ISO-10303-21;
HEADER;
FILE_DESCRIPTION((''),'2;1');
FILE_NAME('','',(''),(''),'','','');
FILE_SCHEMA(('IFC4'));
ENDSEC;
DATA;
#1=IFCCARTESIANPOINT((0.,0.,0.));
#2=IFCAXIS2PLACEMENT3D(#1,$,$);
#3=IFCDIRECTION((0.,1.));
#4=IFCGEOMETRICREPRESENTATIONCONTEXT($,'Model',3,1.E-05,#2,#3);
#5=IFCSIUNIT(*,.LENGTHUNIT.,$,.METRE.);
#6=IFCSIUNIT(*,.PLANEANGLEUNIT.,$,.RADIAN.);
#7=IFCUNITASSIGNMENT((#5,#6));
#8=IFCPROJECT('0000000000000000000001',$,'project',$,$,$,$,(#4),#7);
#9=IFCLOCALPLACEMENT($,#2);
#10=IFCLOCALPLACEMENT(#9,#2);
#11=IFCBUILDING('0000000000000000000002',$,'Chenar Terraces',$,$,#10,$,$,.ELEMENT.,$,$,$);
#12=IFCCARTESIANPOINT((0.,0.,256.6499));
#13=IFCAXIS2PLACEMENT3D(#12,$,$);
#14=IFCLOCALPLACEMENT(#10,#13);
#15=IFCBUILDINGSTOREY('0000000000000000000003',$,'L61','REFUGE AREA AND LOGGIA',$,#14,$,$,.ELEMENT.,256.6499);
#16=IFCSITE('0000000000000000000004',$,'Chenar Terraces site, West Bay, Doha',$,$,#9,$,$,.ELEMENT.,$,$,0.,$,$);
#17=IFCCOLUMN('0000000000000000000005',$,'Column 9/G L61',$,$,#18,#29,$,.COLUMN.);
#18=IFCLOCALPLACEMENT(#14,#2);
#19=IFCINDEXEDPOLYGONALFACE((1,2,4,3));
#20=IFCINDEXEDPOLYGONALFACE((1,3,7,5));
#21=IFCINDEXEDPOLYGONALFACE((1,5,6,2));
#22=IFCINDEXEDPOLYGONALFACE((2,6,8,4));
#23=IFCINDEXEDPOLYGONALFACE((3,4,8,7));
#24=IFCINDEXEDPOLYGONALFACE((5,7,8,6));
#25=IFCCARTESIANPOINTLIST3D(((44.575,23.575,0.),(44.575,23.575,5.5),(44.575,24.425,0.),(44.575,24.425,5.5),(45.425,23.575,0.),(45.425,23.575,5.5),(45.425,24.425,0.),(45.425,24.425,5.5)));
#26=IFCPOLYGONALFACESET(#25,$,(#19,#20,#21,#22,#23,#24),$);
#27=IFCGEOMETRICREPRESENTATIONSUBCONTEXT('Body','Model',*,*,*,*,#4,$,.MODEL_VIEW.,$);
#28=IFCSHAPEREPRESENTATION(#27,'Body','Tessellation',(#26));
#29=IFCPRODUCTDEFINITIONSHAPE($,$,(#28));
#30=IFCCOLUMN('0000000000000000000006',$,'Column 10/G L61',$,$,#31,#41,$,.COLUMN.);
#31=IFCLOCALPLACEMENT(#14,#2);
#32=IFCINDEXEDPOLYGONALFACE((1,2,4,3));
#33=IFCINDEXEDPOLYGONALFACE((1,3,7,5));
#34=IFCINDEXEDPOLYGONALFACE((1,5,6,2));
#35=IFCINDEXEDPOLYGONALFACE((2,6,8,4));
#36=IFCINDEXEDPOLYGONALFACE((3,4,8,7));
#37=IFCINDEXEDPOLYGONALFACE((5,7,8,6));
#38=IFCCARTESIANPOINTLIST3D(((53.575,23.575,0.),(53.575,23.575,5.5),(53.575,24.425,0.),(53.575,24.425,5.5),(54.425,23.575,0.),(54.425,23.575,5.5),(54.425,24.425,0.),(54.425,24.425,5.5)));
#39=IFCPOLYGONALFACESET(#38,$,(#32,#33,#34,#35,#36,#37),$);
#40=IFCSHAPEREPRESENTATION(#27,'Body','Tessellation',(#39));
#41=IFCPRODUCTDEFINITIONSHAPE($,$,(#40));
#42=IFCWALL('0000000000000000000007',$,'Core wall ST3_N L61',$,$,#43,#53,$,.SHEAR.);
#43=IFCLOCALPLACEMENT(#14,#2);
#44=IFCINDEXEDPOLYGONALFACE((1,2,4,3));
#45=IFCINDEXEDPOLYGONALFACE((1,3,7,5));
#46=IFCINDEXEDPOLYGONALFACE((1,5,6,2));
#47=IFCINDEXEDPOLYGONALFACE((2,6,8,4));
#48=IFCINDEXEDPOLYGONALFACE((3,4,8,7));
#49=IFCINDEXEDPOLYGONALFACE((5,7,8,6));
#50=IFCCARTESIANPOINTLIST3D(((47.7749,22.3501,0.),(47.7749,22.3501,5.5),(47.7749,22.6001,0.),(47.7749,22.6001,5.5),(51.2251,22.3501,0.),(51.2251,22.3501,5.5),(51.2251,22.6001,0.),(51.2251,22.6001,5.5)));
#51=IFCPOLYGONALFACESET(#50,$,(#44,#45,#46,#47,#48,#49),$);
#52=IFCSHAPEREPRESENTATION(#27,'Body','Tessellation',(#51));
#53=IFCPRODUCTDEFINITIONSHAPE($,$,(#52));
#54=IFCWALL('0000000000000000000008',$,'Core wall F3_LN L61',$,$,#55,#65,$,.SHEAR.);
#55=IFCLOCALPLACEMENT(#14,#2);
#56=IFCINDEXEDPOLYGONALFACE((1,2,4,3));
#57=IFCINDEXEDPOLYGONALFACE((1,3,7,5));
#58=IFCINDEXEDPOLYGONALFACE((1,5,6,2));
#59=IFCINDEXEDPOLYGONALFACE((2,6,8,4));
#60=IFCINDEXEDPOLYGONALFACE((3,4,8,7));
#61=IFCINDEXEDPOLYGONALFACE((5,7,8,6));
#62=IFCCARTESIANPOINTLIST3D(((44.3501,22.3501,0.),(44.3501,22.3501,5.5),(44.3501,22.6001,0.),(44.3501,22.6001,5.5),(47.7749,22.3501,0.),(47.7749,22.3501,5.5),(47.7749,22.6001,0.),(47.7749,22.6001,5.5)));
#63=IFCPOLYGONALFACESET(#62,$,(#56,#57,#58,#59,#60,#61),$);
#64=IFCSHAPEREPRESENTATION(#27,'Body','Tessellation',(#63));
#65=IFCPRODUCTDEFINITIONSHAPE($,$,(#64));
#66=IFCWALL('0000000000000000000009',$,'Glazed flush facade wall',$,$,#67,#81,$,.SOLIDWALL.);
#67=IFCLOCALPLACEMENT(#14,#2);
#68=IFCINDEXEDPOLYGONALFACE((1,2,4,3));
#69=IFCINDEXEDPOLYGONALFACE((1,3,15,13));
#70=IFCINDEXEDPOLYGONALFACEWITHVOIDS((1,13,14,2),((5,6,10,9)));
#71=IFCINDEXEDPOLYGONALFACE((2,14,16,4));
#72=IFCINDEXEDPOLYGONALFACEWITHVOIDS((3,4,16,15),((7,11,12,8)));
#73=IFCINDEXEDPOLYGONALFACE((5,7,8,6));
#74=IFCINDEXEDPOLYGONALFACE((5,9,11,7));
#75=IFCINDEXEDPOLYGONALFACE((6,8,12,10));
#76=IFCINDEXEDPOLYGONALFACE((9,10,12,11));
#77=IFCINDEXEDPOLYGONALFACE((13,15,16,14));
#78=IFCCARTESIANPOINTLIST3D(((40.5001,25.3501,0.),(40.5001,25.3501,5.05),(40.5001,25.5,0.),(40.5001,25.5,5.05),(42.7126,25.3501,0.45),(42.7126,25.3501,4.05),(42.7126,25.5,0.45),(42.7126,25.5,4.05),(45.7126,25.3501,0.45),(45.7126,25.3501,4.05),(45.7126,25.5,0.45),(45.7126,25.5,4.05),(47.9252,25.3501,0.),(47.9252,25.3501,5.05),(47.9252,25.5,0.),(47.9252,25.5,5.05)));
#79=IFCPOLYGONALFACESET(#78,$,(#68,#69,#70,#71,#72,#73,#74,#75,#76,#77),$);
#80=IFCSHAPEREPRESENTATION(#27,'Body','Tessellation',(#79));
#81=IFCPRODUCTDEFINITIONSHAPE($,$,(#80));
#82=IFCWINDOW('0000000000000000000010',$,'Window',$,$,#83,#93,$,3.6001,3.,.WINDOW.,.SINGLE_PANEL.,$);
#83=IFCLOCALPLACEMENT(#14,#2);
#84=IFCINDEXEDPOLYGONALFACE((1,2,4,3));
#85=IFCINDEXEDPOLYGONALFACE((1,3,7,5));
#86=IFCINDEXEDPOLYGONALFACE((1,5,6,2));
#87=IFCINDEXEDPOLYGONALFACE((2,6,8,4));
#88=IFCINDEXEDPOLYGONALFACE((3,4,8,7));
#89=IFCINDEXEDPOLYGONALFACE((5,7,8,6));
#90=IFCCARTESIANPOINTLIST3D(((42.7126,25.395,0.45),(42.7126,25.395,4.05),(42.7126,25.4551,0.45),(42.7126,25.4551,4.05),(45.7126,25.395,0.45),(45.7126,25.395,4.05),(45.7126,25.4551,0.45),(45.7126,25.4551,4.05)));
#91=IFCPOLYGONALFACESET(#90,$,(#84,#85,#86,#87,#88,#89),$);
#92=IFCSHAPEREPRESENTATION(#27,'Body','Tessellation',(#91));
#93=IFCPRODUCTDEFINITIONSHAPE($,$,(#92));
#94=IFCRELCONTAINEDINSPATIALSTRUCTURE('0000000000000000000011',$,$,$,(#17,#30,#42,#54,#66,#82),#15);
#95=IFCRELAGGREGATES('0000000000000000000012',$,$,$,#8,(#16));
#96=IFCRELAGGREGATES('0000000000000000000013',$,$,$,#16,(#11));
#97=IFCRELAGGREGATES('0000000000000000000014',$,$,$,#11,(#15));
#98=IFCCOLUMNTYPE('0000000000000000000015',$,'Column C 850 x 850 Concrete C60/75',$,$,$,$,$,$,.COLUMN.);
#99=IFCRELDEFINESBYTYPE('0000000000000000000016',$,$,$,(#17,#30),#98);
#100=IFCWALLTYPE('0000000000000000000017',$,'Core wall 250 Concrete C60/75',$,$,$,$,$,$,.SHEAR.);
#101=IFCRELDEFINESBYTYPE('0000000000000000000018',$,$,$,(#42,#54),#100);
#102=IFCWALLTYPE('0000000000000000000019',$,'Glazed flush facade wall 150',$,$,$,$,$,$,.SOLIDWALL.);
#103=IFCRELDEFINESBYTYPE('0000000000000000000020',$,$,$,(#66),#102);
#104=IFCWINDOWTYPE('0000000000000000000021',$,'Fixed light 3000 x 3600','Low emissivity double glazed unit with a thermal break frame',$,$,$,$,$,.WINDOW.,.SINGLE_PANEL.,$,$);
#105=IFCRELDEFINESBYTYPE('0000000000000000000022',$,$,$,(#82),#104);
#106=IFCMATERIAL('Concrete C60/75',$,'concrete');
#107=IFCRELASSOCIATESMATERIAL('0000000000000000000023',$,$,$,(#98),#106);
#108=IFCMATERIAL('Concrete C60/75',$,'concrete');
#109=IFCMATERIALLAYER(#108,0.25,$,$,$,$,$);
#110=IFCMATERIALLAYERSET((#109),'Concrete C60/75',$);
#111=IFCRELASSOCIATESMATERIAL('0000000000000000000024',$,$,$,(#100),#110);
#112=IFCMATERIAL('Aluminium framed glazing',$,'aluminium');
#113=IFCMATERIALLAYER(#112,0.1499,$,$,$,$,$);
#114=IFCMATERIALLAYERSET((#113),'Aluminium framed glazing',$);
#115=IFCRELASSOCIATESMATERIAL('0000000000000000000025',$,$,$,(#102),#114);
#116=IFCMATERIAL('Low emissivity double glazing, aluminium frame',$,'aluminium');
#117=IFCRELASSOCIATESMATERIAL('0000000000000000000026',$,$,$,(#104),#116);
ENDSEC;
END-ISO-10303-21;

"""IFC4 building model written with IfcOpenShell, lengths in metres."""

from ifc_helpers import new_model, si_unit, direction, frame, frame_2d, origin, origin_2d, place, context, subcontext, project, spatial, rectangle, extrude, material, layer, layer_set, material_profile, profile_set, type_object, element, fill, save


model = new_model("IFC4")

# Units and contexts
model_context = context("Model", 3, precision=1e-05, world=origin(), true_north=direction((0.0, 1.0)))
body_context = subcontext(model_context, "Body", "Model", "MODEL_VIEW")
ifc_project = project(units=[si_unit("LENGTHUNIT", "METRE"), si_unit("PLANEANGLEUNIT", "RADIAN")], contexts=[model_context])

# Site, building, storey
site_placement = place(None, origin())
site = spatial("IfcSite", under=ifc_project, at=site_placement, Name="Chenar Terraces site, West Bay, Doha", CompositionType="ELEMENT", RefElevation=0.0)
building_placement = place(site_placement, origin())
building = spatial("IfcBuilding", under=site, at=building_placement, Name="Chenar Terraces", CompositionType="ELEMENT")
storey_placement = place(building_placement, frame((0.0, 0.0, 256.6499)))
storey = spatial("IfcBuildingStorey", under=building, at=storey_placement, Name="L61", Description="REFUGE AREA AND LOGGIA", CompositionType="ELEMENT", Elevation=256.6499)

# Columns
ifc_material_1 = material(Name="Concrete C60/75", Category="concrete")
ifc_material_profile_1 = material_profile(ifc_material_1, rectangle(XDim=0.8501, YDim=0.8501, at=origin_2d()), Name="C 850 x 850")
ifc_profile_set_1 = profile_set([ifc_material_profile_1], Name="Concrete C60/75")
column_type = type_object("IfcColumnType", Name="Column C 850 x 850 Concrete C60/75", PredefinedType="COLUMN", material=ifc_profile_set_1)
for number, where, z_axis, x_axis, name in (
    (1, (45.0, 24.0, 0.0), (0.0, 0.0, 1.0), (1.0, 0.0, 0.0), "Column 9/G L61"),
    (2, (54.0, 24.0, 0.0), (0.0, 0.0, 1.0), (1.0, 0.0, 0.0), "Column 10/G L61"),
):
    element("IfcColumn", number, at=place(storey_placement, frame(where, z_axis=z_axis, x_axis=x_axis)), inside=storey, type_object=column_type, Name=name, PredefinedType="COLUMN", context=body_context, shape_type="SweptSolid", body=[
        extrude(rectangle(XDim=0.8501, YDim=0.8501, at=origin_2d()), origin(), (0.0, 0.0, 1.0), 5.5),
    ])

# Walls
ifc_material_2 = material(Name="Concrete C60/75", Category="concrete")
ifc_layer_1 = layer(ifc_material_2, 0.25)
ifc_layer_set_1 = layer_set([ifc_layer_1], Name="Concrete C60/75")
wall_type_1 = type_object("IfcWallType", Name="Core wall 250 Concrete C60/75", PredefinedType="SHEAR", material=ifc_layer_set_1)
wall_1_placement = place(storey_placement, frame((47.7749, 22.4751, 0.0), z_axis=(0.0, 0.0, 1.0), x_axis=(1.0, 0.0, 0.0)))
element("IfcWall", 3, at=wall_1_placement, inside=storey, type_object=wall_type_1, Name="Core wall ST3_N L61", PredefinedType="SHEAR", context=body_context, shape_type="SweptSolid", body=[
    extrude(rectangle(XDim=3.4502, YDim=0.25, at=frame_2d((1.7251, 0.0))), origin(), (0.0, 0.0, 1.0), 5.5),
])
wall_2_placement = place(storey_placement, frame((44.3501, 22.4751, 0.0), z_axis=(0.0, 0.0, 1.0), x_axis=(1.0, 0.0, 0.0)))
element("IfcWall", 4, at=wall_2_placement, inside=storey, type_object=wall_type_1, Name="Core wall F3_LN L61", PredefinedType="SHEAR", context=body_context, shape_type="SweptSolid", body=[
    extrude(rectangle(XDim=3.4248, YDim=0.25, at=frame_2d((1.7124, 0.0))), origin(), (0.0, 0.0, 1.0), 5.5),
])

# Wall, opening, window
ifc_material_3 = material(Name="Aluminium framed glazing", Category="aluminium")
ifc_layer_2 = layer(ifc_material_3, 0.1499)
ifc_layer_set_2 = layer_set([ifc_layer_2], Name="Aluminium framed glazing")
wall_type_2 = type_object("IfcWallType", Name="Glazed flush facade wall 150", PredefinedType="SOLIDWALL", material=ifc_layer_set_2)
wall_3_placement = place(storey_placement, frame((47.925, 25.425, 0.0), z_axis=(0.0, 0.0, 1.0), x_axis=(-1.0, 0.0, 0.0)))
wall_3 = element("IfcWall", 5, at=wall_3_placement, inside=storey, type_object=wall_type_2, Name="Glazed flush facade wall", PredefinedType="SOLIDWALL", context=body_context, shape_type="SweptSolid", body=[
    extrude(rectangle(XDim=7.425, YDim=0.1499, at=frame_2d((3.7124, 0.0))), origin(), (0.0, 0.0, 1.0), 5.05),
])
opening_1_placement = place(wall_3_placement, frame((2.2124, 0.0, 0.45)))
opening_1 = element("IfcOpeningElement", 6, at=opening_1_placement, cuts=wall_3, PredefinedType="OPENING", context=body_context, shape_type="SweptSolid", body=[
    extrude(rectangle(XDim=3.0, YDim=3.6001, at=frame_2d((1.5, 1.8))), frame((0.0, 0.085, 0.0), z_axis=(0.0, -1.0, 0.0), x_axis=(1.0, 0.0, 0.0)), (0.0, 0.0, 1.0), 0.1699),
])
ifc_material_4 = material(Name="Low emissivity double glazing, aluminium frame", Category="aluminium")
window_type_1 = type_object("IfcWindowType", Name="Fixed light 3000 x 3600", Description="Low emissivity double glazed unit with a thermal break frame", PartitioningType="SINGLE_PANEL", PredefinedType="WINDOW", material=ifc_material_4)
window_1_placement = place(opening_1_placement, origin())
window_1 = element("IfcWindow", 7, at=window_1_placement, inside=storey, type_object=window_type_1, Name="Window", OverallHeight=3.6001, OverallWidth=3.0, PartitioningType="SINGLE_PANEL", PredefinedType="WINDOW", context=body_context, shape_type="SweptSolid", body=[
    extrude(rectangle(XDim=3.0, YDim=3.6001, at=frame_2d((1.5, 1.8))), frame((0.0, 0.03, 0.0), z_axis=(0.0, -1.0, 0.0), x_axis=(1.0, 0.0, 0.0)), (0.0, 0.0, 1.0), 0.0601),
])
fill(opening_1, window_1)

save(model, "model.ifc")
